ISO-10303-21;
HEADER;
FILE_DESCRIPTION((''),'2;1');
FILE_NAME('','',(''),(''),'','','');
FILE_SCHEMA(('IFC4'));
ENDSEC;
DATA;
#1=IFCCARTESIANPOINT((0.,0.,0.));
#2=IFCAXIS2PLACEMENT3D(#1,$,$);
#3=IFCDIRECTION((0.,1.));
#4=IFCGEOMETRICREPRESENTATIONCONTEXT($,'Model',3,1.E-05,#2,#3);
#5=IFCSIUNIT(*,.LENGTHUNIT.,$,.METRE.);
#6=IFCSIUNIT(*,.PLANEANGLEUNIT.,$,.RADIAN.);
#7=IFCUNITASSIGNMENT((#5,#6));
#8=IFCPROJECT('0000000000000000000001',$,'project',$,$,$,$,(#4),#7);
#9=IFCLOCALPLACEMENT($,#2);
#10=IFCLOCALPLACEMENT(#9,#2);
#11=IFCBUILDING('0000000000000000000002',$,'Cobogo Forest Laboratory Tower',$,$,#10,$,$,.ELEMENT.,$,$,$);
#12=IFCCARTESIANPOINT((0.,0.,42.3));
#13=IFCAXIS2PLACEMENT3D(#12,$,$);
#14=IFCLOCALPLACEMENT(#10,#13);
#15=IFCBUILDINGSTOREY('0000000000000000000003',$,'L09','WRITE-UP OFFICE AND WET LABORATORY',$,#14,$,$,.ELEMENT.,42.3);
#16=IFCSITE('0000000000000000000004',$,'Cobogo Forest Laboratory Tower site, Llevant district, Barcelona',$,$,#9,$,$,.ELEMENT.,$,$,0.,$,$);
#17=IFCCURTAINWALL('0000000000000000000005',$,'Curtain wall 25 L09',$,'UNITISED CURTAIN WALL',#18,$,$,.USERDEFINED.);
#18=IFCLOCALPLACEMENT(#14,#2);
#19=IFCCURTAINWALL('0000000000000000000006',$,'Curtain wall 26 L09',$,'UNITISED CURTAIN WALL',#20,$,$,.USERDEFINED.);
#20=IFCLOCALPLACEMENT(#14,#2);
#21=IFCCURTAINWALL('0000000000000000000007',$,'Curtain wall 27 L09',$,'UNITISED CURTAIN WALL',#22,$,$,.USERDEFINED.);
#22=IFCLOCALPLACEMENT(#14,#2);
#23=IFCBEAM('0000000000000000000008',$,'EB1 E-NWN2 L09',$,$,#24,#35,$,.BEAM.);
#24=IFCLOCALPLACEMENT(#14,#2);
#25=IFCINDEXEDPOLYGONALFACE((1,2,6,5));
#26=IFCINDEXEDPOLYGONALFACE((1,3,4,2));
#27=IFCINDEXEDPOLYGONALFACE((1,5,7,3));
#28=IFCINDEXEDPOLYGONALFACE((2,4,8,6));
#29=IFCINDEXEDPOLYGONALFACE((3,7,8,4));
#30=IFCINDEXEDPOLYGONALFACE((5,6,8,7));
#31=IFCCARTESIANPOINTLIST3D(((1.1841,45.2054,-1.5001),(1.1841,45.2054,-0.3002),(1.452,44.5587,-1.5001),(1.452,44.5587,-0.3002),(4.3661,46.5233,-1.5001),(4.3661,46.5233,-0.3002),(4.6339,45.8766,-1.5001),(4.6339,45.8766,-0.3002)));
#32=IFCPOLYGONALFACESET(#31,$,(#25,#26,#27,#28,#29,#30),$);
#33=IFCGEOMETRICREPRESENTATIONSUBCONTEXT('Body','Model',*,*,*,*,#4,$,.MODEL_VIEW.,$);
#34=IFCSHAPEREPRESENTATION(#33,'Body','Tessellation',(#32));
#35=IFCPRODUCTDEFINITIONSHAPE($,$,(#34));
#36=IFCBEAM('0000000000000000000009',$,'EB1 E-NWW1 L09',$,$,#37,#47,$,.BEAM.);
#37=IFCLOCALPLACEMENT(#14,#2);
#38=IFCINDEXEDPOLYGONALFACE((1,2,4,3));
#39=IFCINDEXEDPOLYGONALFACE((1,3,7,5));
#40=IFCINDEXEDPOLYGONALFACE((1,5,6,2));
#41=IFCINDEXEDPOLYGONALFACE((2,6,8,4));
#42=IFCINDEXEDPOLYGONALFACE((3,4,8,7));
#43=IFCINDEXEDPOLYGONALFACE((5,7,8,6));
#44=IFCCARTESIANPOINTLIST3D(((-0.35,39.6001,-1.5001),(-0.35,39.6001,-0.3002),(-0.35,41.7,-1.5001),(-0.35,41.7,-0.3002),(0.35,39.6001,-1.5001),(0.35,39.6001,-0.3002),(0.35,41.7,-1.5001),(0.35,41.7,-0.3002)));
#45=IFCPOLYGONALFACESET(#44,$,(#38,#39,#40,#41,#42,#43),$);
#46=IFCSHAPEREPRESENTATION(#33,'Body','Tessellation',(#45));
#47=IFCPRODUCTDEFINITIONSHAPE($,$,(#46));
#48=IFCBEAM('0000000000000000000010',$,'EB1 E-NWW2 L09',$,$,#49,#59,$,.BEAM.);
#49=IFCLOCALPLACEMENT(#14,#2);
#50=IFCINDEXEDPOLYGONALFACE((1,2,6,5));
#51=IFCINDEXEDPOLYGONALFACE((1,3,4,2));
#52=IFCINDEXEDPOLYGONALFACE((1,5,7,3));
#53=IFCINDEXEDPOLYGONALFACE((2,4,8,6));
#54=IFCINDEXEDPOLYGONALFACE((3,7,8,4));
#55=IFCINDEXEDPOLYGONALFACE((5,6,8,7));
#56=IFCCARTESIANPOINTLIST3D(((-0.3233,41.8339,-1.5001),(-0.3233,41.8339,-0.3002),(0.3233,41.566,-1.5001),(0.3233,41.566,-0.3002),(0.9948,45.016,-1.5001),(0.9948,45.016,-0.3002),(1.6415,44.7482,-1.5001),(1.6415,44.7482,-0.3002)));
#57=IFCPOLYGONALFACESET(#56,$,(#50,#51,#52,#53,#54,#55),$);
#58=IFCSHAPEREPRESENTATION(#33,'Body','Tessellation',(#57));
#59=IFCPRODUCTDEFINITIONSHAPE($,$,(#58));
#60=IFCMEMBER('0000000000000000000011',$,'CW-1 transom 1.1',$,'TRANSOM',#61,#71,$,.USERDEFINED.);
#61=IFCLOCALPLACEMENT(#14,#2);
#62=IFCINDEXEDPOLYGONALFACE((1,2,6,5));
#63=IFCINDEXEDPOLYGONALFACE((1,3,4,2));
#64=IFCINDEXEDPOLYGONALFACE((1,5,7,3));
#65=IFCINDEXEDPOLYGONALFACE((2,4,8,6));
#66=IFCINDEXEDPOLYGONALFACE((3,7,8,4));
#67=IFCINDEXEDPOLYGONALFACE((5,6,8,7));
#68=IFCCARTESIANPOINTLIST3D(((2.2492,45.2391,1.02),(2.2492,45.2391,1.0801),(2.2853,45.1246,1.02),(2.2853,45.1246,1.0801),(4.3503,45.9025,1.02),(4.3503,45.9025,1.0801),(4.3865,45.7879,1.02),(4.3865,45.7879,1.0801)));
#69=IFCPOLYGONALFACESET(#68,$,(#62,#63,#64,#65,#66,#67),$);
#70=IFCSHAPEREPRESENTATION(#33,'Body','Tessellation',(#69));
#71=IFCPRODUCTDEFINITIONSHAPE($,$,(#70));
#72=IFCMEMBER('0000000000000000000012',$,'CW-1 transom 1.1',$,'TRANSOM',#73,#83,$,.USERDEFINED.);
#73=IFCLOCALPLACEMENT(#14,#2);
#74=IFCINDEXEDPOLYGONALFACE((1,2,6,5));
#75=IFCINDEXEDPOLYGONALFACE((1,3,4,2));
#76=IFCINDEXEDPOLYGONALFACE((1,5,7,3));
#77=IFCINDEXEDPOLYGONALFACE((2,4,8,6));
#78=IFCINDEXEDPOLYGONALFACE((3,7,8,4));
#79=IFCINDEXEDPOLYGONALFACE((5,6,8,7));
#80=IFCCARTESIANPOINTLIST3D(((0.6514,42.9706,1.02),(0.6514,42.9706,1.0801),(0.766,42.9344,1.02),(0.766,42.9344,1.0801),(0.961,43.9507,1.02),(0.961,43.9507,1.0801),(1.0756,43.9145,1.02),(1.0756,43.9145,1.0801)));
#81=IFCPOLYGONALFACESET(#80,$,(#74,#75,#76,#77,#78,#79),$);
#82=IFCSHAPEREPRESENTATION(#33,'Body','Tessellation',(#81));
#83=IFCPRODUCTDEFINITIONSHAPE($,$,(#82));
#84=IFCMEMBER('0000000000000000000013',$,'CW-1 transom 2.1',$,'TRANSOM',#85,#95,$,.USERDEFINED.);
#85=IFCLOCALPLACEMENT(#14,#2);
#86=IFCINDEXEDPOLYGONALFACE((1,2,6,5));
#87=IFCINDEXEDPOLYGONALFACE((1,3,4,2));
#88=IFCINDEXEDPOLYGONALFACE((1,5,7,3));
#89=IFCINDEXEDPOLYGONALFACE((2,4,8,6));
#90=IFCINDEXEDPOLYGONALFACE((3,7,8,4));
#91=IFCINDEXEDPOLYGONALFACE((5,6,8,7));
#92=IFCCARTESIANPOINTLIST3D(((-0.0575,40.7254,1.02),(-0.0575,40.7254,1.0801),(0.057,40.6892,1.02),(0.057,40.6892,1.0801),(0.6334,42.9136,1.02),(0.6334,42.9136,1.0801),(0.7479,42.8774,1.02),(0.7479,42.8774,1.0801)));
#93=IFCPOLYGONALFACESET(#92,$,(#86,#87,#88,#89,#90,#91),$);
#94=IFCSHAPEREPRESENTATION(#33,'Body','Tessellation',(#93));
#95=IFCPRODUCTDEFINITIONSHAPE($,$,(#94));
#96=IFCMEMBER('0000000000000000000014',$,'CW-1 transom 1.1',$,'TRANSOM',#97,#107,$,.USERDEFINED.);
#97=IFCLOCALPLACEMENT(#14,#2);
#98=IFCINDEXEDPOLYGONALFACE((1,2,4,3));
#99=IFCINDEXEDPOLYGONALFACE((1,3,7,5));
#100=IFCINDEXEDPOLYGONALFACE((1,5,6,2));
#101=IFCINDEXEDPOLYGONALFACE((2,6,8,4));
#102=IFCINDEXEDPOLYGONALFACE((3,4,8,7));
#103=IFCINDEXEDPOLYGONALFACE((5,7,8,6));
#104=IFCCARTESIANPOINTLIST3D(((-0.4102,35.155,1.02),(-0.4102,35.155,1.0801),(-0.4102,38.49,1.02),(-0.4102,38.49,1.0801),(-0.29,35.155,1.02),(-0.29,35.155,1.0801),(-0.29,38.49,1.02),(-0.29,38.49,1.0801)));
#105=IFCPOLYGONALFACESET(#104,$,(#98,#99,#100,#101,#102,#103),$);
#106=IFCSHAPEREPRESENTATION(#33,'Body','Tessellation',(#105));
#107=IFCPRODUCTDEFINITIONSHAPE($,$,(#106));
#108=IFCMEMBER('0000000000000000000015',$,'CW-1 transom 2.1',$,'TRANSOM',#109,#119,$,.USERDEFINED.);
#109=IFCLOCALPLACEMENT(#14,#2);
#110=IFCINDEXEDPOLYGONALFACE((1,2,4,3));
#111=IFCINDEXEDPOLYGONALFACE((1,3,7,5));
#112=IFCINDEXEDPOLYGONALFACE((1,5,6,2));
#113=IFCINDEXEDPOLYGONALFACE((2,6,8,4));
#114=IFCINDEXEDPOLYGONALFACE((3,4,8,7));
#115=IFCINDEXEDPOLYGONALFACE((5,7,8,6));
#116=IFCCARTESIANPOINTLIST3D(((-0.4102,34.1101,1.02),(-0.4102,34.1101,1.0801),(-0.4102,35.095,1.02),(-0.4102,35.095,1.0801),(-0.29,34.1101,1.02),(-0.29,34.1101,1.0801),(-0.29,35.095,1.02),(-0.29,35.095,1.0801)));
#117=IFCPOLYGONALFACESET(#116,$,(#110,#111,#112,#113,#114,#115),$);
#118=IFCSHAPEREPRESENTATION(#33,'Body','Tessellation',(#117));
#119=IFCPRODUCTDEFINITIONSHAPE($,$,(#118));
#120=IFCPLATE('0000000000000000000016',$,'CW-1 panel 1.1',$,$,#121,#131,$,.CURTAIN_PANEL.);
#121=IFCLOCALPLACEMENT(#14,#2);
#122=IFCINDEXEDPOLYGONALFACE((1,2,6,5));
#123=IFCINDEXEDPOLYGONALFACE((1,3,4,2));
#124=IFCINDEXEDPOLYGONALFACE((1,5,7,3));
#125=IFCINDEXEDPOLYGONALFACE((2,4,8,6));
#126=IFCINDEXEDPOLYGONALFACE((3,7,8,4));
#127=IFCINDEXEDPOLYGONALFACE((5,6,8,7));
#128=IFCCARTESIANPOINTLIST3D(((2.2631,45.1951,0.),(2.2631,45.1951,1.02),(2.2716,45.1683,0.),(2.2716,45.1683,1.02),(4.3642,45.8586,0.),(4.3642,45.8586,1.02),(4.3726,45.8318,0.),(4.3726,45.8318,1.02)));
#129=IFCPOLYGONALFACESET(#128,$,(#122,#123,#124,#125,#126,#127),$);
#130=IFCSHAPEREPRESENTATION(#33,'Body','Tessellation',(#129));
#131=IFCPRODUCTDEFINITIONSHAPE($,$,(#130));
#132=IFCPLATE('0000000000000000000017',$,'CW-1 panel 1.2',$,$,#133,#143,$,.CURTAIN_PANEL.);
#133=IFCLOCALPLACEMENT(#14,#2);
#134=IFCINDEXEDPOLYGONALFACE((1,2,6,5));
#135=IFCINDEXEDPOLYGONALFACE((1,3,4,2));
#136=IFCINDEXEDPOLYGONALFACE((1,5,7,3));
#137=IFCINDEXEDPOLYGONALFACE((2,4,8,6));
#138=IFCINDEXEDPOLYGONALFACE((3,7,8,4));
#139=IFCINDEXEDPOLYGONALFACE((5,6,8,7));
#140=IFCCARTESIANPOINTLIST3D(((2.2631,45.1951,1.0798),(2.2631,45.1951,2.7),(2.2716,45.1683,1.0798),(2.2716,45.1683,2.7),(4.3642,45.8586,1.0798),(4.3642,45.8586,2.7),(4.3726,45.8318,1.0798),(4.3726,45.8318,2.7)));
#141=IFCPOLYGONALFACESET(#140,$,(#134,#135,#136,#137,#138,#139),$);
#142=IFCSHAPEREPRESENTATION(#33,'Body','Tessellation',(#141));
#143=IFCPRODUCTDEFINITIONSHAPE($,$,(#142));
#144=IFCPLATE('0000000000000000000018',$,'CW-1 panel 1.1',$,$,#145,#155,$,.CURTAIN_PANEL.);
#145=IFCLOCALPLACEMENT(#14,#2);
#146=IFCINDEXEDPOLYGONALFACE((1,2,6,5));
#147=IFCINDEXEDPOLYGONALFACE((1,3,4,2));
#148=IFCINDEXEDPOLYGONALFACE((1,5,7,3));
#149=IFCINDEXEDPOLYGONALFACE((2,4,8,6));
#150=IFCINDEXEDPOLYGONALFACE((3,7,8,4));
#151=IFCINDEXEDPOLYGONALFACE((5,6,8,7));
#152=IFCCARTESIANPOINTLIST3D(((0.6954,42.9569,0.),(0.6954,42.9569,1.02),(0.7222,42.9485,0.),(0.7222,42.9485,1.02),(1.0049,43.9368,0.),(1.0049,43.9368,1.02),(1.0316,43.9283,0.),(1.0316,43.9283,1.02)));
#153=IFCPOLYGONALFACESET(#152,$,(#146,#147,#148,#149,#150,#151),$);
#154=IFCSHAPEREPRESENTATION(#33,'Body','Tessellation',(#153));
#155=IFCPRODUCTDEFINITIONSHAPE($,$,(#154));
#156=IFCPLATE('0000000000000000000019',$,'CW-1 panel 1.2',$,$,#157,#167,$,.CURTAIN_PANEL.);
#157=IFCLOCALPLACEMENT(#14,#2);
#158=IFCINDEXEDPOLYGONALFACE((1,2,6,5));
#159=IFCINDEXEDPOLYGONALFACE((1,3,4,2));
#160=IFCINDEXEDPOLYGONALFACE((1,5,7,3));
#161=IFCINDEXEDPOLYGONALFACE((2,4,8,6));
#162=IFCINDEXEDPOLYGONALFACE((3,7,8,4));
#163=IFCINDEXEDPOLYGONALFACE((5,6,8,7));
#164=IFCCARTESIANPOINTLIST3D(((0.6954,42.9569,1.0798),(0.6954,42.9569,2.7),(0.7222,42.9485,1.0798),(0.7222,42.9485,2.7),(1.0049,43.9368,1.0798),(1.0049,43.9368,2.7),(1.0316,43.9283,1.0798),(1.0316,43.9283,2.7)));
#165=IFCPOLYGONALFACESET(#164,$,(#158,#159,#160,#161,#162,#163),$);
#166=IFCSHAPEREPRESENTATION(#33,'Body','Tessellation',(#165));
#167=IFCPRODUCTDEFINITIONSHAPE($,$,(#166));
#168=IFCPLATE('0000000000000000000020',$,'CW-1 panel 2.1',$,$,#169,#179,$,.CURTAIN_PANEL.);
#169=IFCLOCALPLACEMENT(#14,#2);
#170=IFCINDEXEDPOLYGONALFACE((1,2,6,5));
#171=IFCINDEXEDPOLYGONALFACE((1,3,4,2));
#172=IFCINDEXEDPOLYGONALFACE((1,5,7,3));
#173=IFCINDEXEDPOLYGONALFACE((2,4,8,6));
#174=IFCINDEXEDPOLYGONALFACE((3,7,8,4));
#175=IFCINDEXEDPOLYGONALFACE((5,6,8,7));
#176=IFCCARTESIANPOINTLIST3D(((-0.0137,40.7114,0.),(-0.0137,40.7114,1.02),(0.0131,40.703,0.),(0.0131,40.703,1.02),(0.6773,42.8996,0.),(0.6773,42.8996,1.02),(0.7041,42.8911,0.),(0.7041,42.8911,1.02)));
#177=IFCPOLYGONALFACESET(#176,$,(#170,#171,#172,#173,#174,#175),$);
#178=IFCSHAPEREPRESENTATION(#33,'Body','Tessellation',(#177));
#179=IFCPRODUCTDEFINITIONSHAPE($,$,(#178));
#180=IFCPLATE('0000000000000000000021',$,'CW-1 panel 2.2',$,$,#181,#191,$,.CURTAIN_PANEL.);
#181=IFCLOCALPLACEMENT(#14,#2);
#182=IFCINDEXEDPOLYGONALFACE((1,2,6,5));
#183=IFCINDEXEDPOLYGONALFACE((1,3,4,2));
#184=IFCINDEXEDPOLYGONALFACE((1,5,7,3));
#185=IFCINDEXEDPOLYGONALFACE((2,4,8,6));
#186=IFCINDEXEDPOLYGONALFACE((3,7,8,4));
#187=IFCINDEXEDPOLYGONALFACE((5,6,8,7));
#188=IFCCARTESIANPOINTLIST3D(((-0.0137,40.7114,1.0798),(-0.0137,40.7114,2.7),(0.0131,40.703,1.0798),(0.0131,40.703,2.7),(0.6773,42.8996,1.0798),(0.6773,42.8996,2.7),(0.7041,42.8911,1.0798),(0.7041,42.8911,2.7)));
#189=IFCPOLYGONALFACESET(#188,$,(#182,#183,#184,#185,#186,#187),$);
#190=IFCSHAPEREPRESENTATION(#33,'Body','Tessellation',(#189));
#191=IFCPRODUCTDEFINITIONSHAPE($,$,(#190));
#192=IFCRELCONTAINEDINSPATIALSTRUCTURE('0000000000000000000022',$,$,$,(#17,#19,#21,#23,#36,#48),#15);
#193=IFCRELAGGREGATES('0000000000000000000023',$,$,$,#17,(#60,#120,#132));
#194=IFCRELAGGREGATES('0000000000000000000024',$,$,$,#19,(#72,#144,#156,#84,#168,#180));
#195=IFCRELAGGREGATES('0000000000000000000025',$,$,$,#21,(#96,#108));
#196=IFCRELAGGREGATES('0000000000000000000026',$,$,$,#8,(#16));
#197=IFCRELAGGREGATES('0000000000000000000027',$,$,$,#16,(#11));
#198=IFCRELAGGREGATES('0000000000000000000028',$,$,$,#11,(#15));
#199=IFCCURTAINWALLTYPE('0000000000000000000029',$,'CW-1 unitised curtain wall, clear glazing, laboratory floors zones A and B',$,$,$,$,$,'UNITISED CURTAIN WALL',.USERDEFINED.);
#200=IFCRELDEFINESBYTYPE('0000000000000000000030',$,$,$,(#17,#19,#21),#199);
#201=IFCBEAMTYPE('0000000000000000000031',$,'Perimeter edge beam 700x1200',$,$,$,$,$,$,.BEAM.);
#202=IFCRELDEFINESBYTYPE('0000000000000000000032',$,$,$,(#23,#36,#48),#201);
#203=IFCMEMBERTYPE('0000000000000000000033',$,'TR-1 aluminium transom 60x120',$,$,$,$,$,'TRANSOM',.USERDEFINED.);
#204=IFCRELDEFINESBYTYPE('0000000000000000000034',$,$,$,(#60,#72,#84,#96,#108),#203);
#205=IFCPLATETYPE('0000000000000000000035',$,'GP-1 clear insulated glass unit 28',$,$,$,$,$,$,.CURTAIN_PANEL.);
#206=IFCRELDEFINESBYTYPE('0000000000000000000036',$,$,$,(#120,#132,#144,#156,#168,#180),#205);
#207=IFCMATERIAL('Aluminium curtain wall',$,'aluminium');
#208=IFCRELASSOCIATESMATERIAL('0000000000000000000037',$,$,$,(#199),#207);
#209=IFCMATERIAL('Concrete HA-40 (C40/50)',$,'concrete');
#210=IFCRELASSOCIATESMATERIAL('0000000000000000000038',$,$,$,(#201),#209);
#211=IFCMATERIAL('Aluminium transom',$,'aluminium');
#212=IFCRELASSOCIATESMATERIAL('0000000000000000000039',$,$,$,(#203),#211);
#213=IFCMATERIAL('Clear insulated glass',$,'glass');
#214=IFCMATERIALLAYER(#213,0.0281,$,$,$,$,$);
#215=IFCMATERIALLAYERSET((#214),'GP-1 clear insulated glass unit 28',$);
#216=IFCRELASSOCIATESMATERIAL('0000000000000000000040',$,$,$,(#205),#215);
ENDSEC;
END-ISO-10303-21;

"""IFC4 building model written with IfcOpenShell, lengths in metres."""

from ifc_helpers import new_model, si_unit, direction, frame, origin, origin_2d, place, context, subcontext, project, spatial, rectangle, extrude, material, layer, layer_set, material_profile, profile_set, type_object, element, aggregate, save


model = new_model("IFC4")

# Units and contexts
model_context = context("Model", 3, precision=1e-05, world=origin(), true_north=direction((0.0, 1.0)))
body_context = subcontext(model_context, "Body", "Model", "MODEL_VIEW")
ifc_project = project(units=[si_unit("LENGTHUNIT", "METRE"), si_unit("PLANEANGLEUNIT", "RADIAN")], contexts=[model_context])

# Site, building, storey
site_placement = place(None, origin())
site = spatial("IfcSite", under=ifc_project, at=site_placement, Name="Cobogo Forest Laboratory Tower site, Llevant district, Barcelona", CompositionType="ELEMENT", RefElevation=0.0)
building_placement = place(site_placement, origin())
building = spatial("IfcBuilding", under=site, at=building_placement, Name="Cobogo Forest Laboratory Tower", CompositionType="ELEMENT")
storey_placement = place(building_placement, frame((0.0, 0.0, 42.3)))
storey = spatial("IfcBuildingStorey", under=building, at=storey_placement, Name="L09", Description="WRITE-UP OFFICE AND WET LABORATORY", CompositionType="ELEMENT", Elevation=42.3)

# Shared definitions
ifc_material_1 = material(Name="Concrete HA-40 (C40/50)", Category="concrete")

# Curtain walls
ifc_material_2 = material(Name="Aluminium curtain wall", Category="aluminium")
curtain_wall_type = type_object("IfcCurtainWallType", Name="CW-1 unitised curtain wall, clear glazing, laboratory floors zones A and B", ElementType="UNITISED CURTAIN WALL", PredefinedType="USERDEFINED", material=ifc_material_2)
curtain_wall_1_placement = place(storey_placement, origin())
curtain_wall_1 = element("IfcCurtainWall", 1, at=curtain_wall_1_placement, inside=storey, type_object=curtain_wall_type, Name="Curtain wall 25 L09", ObjectType="UNITISED CURTAIN WALL", PredefinedType="USERDEFINED")
curtain_wall_2_placement = place(storey_placement, origin())
curtain_wall_2 = element("IfcCurtainWall", 2, at=curtain_wall_2_placement, inside=storey, type_object=curtain_wall_type, Name="Curtain wall 26 L09", ObjectType="UNITISED CURTAIN WALL", PredefinedType="USERDEFINED")
curtain_wall_3_placement = place(storey_placement, origin())
curtain_wall_3 = element("IfcCurtainWall", 3, at=curtain_wall_3_placement, inside=storey, type_object=curtain_wall_type, Name="Curtain wall 27 L09", ObjectType="UNITISED CURTAIN WALL", PredefinedType="USERDEFINED")

# Beams
ifc_material_profile_1 = material_profile(ifc_material_1, rectangle(XDim=0.7, YDim=1.2, at=origin_2d()), Name="RC 700x1200")
ifc_profile_set_1 = profile_set([ifc_material_profile_1], Name="Concrete HA-40 (C40/50)")
beam_type_1 = type_object("IfcBeamType", Name="Perimeter edge beam 700x1200", PredefinedType="BEAM", material=ifc_profile_set_1)
beam_1_placement = place(storey_placement, frame((4.5, 46.2, -0.9001), z_axis=(-0.923891, -0.382656, 0.0), x_axis=(0.382656, -0.923891, 0.0)))
element("IfcBeam", 4, at=beam_1_placement, inside=storey, type_object=beam_type_1, Name="EB1 E-NWN2 L09", PredefinedType="BEAM", context=body_context, shape_type="SweptSolid", body=[
    extrude(rectangle(XDim=0.7, YDim=1.2, at=origin_2d()), origin(), (0.0, 0.0, 1.0), 3.4441),
])
beam_2_placement = place(storey_placement, frame((0.0, 39.6001, -0.9001), z_axis=(0.0, 1.0, 0.0), x_axis=(-1.0, 0.0, 0.0)))
element("IfcBeam", 5, at=beam_2_placement, inside=storey, type_object=beam_type_1, Name="EB1 E-NWW1 L09", PredefinedType="BEAM", context=body_context, shape_type="SweptSolid", body=[
    extrude(rectangle(XDim=0.7, YDim=1.2, at=origin_2d()), origin(), (0.0, 0.0, 1.0), 2.0999),
])
beam_3_placement = place(storey_placement, frame((0.0, 41.7, -0.9001), z_axis=(0.382692, 0.923876, 0.0), x_axis=(-0.923876, 0.382692, 0.0)))
element("IfcBeam", 6, at=beam_3_placement, inside=storey, type_object=beam_type_1, Name="EB1 E-NWW2 L09", PredefinedType="BEAM", context=body_context, shape_type="SweptSolid", body=[
    extrude(rectangle(XDim=0.7, YDim=1.2, at=origin_2d()), origin(), (0.0, 0.0, 1.0), 3.4443),
])

# Members
ifc_material_3 = material(Name="Aluminium transom", Category="aluminium")
ifc_material_profile_2 = material_profile(ifc_material_3, rectangle(XDim=0.1201, YDim=0.0601, at=origin_2d()), Name="AL 60x120")
ifc_profile_set_2 = profile_set([ifc_material_profile_2], Name="Aluminium transom")
member_type_1 = type_object("IfcMemberType", Name="TR-1 aluminium transom 60x120", ElementType="TRANSOM", PredefinedType="USERDEFINED", material=ifc_profile_set_2)
member_1_placement = place(storey_placement, frame((4.3684, 45.8452, 1.05), z_axis=(-0.953604, -0.301062, 0.0), x_axis=(0.301062, -0.953604, 0.0)))
member_1 = element("IfcMember", 7, at=member_1_placement, type_object=member_type_1, Name="CW-1 transom 1.1", ObjectType="TRANSOM", PredefinedType="USERDEFINED", context=body_context, shape_type="SweptSolid", body=[
    extrude(rectangle(XDim=0.1201, YDim=0.0601, at=origin_2d()), origin(), (0.0, 0.0, 1.0), 2.2034),
])
member_2_placement = place(storey_placement, frame((1.0183, 43.9326, 1.05), z_axis=(-0.301222, -0.953554, 0.0), x_axis=(0.953554, -0.301222, 0.0)))
member_2 = element("IfcMember", 8, at=member_2_placement, type_object=member_type_1, Name="CW-1 transom 1.1", ObjectType="TRANSOM", PredefinedType="USERDEFINED", context=body_context, shape_type="SweptSolid", body=[
    extrude(rectangle(XDim=0.1201, YDim=0.0601, at=origin_2d()), origin(), (0.0, 0.0, 1.0), 1.0278),
])
member_3_placement = place(storey_placement, frame((0.6907, 42.8955, 1.05), z_axis=(-0.301091, -0.953596, 0.0), x_axis=(0.953596, -0.301091, 0.0)))
member_3 = element("IfcMember", 9, at=member_3_placement, type_object=member_type_1, Name="CW-1 transom 2.1", ObjectType="TRANSOM", PredefinedType="USERDEFINED", context=body_context, shape_type="SweptSolid", body=[
    extrude(rectangle(XDim=0.1201, YDim=0.0601, at=origin_2d()), origin(), (0.0, 0.0, 1.0), 2.2947),
])
member_4_placement = place(storey_placement, frame((-0.3501, 38.49, 1.05), z_axis=(0.0, -1.0, 0.0), x_axis=(1.0, 0.0, 0.0)))
member_4 = element("IfcMember", 10, at=member_4_placement, type_object=member_type_1, Name="CW-1 transom 1.1", ObjectType="TRANSOM", PredefinedType="USERDEFINED", context=body_context, shape_type="SweptSolid", body=[
    extrude(rectangle(XDim=0.1201, YDim=0.0601, at=origin_2d()), origin(), (0.0, 0.0, 1.0), 3.335),
])
member_5_placement = place(storey_placement, frame((-0.3501, 35.095, 1.05), z_axis=(0.0, -1.0, 0.0), x_axis=(1.0, 0.0, 0.0)))
member_5 = element("IfcMember", 11, at=member_5_placement, type_object=member_type_1, Name="CW-1 transom 2.1", ObjectType="TRANSOM", PredefinedType="USERDEFINED", context=body_context, shape_type="SweptSolid", body=[
    extrude(rectangle(XDim=0.1201, YDim=0.0601, at=origin_2d()), origin(), (0.0, 0.0, 1.0), 0.9849),
])

# Plates
ifc_material_4 = material(Name="Clear insulated glass", Category="glass")
ifc_layer_1 = layer(ifc_material_4, 0.0281)
ifc_layer_set_1 = layer_set([ifc_layer_1], Name="GP-1 clear insulated glass unit 28")
plate_type_1 = type_object("IfcPlateType", Name="GP-1 clear insulated glass unit 28", PredefinedType="CURTAIN_PANEL", material=ifc_layer_set_1)
plate_1_placement = place(storey_placement, frame((3.3179, 45.5134, 0.0), z_axis=(0.0, 0.0, 1.0), x_axis=(-0.953581, -0.301135, 0.0)))
plate_1 = element("IfcPlate", 12, at=plate_1_placement, type_object=plate_type_1, Name="CW-1 panel 1.1", PredefinedType="CURTAIN_PANEL", context=body_context, shape_type="SweptSolid", body=[
    extrude(rectangle(XDim=2.2034, YDim=0.0281, at=origin_2d()), origin(), (0.0, 0.0, 1.0), 1.02),
])
plate_2_placement = place(storey_placement, frame((3.3179, 45.5134, 1.0798), z_axis=(0.0, 0.0, 1.0), x_axis=(-0.953581, -0.301135, 0.0)))
plate_2 = element("IfcPlate", 13, at=plate_2_placement, type_object=plate_type_1, Name="CW-1 panel 1.2", PredefinedType="CURTAIN_PANEL", context=body_context, shape_type="SweptSolid", body=[
    extrude(rectangle(XDim=2.2034, YDim=0.0281, at=origin_2d()), origin(), (0.0, 0.0, 1.0), 1.6201),
])
aggregate(curtain_wall_1, [member_1, plate_1, plate_2])
plate_3_placement = place(storey_placement, frame((0.8635, 43.4426, 0.0), z_axis=(0.0, 0.0, 1.0), x_axis=(-0.301135, -0.953581, 0.0)))
plate_3 = element("IfcPlate", 14, at=plate_3_placement, type_object=plate_type_1, Name="CW-1 panel 1.1", PredefinedType="CURTAIN_PANEL", context=body_context, shape_type="SweptSolid", body=[
    extrude(rectangle(XDim=1.0276, YDim=0.0281, at=origin_2d()), origin(), (0.0, 0.0, 1.0), 1.02),
])
plate_4_placement = place(storey_placement, frame((0.8635, 43.4426, 1.0798), z_axis=(0.0, 0.0, 1.0), x_axis=(-0.301135, -0.953581, 0.0)))
plate_4 = element("IfcPlate", 15, at=plate_4_placement, type_object=plate_type_1, Name="CW-1 panel 1.2", PredefinedType="CURTAIN_PANEL", context=body_context, shape_type="SweptSolid", body=[
    extrude(rectangle(XDim=1.0276, YDim=0.0281, at=origin_2d()), origin(), (0.0, 0.0, 1.0), 1.6201),
])
plate_5_placement = place(storey_placement, frame((0.3452, 41.8013, 0.0), z_axis=(0.0, 0.0, 1.0), x_axis=(-0.301135, -0.953581, 0.0)))
plate_5 = element("IfcPlate", 16, at=plate_5_placement, type_object=plate_type_1, Name="CW-1 panel 2.1", PredefinedType="CURTAIN_PANEL", context=body_context, shape_type="SweptSolid", body=[
    extrude(rectangle(XDim=2.2947, YDim=0.0281, at=origin_2d()), origin(), (0.0, 0.0, 1.0), 1.02),
])
plate_6_placement = place(storey_placement, frame((0.3452, 41.8013, 1.0798), z_axis=(0.0, 0.0, 1.0), x_axis=(-0.301135, -0.953581, 0.0)))
plate_6 = element("IfcPlate", 17, at=plate_6_placement, type_object=plate_type_1, Name="CW-1 panel 2.2", PredefinedType="CURTAIN_PANEL", context=body_context, shape_type="SweptSolid", body=[
    extrude(rectangle(XDim=2.2947, YDim=0.0281, at=origin_2d()), origin(), (0.0, 0.0, 1.0), 1.6201),
])
aggregate(curtain_wall_2, [member_2, plate_3, plate_4, member_3, plate_5, plate_6])
aggregate(curtain_wall_3, [member_4, member_5])

save(model, "model.ifc")
